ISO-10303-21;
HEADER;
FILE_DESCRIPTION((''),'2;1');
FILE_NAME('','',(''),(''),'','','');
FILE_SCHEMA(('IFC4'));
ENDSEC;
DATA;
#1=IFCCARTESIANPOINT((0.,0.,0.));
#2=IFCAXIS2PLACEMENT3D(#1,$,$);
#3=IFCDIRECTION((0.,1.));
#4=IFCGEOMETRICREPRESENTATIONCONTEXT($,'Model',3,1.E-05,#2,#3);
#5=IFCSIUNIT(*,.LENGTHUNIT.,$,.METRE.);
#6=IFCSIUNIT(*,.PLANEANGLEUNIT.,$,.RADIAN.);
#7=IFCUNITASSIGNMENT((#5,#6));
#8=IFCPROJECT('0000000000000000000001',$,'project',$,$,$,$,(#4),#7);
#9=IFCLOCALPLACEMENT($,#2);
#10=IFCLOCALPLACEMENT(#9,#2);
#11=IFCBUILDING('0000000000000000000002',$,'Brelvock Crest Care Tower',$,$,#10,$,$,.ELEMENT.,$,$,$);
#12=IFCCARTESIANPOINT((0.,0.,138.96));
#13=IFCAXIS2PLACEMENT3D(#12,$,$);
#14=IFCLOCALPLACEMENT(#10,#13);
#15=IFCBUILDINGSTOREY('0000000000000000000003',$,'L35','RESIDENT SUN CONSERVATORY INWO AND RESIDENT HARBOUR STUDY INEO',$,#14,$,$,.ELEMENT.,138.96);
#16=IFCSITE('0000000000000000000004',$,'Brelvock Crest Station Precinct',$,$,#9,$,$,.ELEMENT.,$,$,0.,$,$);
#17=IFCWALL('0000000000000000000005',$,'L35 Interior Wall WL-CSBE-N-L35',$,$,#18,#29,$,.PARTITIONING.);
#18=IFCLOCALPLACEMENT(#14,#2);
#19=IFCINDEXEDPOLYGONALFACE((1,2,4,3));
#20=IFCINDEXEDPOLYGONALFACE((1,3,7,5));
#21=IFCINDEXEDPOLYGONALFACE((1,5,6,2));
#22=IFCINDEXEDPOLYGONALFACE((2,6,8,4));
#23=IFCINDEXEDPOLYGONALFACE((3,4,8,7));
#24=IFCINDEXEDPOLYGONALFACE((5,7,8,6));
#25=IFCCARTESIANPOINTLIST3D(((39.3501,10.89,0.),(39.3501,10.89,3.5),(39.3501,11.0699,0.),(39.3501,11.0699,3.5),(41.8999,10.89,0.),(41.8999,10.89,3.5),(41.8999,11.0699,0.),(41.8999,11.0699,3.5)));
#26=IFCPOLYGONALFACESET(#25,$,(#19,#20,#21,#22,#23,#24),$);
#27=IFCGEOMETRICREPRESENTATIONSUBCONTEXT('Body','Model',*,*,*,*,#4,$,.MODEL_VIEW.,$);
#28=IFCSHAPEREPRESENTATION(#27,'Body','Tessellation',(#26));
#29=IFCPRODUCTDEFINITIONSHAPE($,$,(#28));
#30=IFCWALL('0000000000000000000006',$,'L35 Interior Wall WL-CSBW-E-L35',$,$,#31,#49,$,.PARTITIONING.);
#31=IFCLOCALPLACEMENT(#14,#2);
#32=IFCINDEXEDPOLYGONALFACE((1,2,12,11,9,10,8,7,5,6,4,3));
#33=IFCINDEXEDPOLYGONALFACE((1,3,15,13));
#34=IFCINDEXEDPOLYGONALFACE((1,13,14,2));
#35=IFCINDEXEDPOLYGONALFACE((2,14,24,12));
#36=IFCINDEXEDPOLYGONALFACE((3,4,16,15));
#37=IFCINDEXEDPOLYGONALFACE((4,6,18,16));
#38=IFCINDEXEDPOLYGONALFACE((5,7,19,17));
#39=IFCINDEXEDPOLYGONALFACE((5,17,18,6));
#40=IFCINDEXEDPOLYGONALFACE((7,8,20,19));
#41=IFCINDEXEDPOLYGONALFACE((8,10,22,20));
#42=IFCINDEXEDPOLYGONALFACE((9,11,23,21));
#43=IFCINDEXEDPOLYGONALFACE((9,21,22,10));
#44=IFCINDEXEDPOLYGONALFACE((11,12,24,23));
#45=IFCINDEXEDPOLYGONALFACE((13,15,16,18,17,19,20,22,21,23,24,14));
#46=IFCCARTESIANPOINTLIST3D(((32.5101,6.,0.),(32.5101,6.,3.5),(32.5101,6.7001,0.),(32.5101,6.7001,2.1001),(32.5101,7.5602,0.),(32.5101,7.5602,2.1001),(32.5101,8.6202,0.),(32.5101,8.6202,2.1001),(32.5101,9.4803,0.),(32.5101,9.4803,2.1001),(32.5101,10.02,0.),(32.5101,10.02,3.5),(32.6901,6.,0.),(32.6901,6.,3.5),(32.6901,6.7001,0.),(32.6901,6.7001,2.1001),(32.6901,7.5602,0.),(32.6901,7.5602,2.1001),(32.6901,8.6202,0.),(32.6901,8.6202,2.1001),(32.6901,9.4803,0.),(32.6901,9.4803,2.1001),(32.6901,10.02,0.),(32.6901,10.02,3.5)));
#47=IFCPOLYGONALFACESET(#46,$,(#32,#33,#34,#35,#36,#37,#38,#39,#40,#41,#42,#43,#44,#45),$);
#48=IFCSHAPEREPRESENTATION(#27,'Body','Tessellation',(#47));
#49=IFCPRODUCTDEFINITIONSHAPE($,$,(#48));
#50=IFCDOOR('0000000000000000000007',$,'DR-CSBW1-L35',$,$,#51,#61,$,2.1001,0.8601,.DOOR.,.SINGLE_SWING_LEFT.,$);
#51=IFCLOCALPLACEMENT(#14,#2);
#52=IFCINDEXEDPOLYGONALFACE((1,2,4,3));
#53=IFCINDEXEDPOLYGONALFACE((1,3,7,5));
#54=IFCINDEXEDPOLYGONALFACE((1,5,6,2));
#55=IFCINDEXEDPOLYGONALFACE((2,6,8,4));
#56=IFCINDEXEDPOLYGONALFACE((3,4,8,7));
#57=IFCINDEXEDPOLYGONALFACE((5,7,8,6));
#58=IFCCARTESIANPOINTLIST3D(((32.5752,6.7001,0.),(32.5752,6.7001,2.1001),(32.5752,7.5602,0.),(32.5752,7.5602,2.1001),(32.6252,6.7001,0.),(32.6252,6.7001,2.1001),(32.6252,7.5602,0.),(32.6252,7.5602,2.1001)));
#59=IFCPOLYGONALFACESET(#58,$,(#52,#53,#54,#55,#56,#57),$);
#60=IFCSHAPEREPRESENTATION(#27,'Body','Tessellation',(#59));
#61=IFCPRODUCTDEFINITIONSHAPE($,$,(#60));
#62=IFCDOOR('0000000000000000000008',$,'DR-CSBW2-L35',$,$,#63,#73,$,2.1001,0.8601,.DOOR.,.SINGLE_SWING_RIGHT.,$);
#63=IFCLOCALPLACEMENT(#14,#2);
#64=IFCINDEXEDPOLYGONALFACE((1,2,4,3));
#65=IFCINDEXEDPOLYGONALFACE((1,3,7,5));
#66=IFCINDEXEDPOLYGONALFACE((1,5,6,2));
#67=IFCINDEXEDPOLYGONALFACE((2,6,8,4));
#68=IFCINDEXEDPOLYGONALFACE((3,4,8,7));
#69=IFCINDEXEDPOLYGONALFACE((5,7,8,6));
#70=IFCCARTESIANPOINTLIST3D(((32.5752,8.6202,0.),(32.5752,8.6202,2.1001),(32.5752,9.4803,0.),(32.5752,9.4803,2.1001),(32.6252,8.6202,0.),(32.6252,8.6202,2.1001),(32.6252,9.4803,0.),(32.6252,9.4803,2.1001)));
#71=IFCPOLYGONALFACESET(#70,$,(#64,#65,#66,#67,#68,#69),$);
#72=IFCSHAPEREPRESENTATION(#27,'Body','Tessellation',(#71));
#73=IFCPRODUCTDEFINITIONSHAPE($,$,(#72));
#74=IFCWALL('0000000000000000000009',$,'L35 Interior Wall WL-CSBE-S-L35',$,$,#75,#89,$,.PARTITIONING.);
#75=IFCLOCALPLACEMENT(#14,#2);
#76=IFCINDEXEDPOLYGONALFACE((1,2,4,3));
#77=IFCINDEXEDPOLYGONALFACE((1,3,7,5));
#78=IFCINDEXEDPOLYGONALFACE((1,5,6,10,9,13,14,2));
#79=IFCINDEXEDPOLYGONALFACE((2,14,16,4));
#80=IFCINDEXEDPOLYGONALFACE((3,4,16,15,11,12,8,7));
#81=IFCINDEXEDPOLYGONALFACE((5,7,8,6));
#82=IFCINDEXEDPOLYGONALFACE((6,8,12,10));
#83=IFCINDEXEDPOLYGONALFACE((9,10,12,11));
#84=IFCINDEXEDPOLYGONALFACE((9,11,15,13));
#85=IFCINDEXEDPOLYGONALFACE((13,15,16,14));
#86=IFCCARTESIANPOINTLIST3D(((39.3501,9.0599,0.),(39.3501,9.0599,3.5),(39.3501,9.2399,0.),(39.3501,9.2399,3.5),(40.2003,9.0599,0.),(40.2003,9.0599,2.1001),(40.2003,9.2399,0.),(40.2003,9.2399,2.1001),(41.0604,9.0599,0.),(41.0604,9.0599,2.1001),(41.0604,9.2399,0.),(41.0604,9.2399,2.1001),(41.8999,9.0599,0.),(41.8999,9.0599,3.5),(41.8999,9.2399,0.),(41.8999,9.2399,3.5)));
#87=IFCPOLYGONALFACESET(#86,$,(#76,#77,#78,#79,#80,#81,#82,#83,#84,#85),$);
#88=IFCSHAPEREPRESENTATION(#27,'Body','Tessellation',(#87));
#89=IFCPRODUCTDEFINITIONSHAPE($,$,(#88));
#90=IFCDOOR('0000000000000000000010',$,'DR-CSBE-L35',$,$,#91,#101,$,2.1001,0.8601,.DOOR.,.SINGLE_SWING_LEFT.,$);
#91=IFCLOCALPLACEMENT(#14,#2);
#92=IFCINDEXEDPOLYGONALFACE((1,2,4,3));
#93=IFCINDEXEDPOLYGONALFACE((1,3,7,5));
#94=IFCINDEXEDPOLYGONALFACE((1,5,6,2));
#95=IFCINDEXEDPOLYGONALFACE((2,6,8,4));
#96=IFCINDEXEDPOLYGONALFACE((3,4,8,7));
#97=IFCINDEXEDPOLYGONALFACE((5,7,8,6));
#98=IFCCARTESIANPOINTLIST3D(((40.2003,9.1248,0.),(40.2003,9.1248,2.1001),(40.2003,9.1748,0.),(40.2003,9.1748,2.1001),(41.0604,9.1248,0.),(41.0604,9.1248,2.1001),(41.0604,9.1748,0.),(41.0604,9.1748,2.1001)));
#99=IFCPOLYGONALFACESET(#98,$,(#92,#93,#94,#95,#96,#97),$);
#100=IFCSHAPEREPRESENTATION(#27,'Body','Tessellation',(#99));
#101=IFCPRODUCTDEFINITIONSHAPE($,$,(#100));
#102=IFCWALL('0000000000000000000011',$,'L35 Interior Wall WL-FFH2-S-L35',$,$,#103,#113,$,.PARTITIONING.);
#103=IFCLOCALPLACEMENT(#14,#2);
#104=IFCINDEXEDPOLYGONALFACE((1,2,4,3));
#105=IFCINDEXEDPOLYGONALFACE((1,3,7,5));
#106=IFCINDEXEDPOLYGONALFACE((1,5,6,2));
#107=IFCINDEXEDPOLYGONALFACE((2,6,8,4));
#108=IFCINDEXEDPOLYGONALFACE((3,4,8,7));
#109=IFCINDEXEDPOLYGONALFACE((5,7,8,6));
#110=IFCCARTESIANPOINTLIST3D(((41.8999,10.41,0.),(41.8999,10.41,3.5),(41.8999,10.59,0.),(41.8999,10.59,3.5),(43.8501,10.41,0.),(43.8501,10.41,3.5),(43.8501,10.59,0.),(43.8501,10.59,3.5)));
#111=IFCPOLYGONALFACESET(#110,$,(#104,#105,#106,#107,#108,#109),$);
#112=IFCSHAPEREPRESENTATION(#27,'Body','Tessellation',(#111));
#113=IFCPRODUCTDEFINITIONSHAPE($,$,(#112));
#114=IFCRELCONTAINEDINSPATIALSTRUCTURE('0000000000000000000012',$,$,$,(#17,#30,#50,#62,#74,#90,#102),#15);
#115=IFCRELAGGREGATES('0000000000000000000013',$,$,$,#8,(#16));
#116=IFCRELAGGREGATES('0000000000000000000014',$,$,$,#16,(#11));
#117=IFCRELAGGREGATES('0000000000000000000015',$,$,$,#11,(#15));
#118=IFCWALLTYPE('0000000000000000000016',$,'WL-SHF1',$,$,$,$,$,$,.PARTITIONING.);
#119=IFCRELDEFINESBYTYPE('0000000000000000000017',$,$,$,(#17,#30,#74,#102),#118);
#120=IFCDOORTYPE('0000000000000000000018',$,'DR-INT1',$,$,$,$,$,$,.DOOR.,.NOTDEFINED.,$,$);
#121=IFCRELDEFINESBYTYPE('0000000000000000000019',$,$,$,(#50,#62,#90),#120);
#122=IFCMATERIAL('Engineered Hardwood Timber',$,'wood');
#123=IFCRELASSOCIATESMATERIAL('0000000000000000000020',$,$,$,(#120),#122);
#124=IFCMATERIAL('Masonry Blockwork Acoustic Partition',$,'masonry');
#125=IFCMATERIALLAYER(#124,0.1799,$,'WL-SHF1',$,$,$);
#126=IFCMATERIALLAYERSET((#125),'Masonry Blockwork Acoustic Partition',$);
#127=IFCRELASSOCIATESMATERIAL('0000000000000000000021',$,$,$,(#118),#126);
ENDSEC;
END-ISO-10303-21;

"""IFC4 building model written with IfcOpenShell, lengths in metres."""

from ifc_helpers import new_model, si_unit, direction, frame, frame_2d, origin, origin_2d, place, context, subcontext, project, spatial, rectangle, extrude, source, transform, mapped, material, layer, layer_set, type_object, element, fill, save


model = new_model("IFC4")

# Units and contexts
model_context = context("Model", 3, precision=1e-05, world=origin(), true_north=direction((0.0, 1.0)))
body_context = subcontext(model_context, "Body", "Model", "MODEL_VIEW")
ifc_project = project(units=[si_unit("LENGTHUNIT", "METRE"), si_unit("PLANEANGLEUNIT", "RADIAN")], contexts=[model_context])

# Site, building, storey
site_placement = place(None, origin())
site = spatial("IfcSite", under=ifc_project, at=site_placement, Name="Brelvock Crest Station Precinct", CompositionType="ELEMENT", RefElevation=0.0)
building_placement = place(site_placement, origin())
building = spatial("IfcBuilding", under=site, at=building_placement, Name="Brelvock Crest Care Tower", CompositionType="ELEMENT")
storey_placement = place(building_placement, frame((0.0, 0.0, 138.96)))
storey = spatial("IfcBuildingStorey", under=building, at=storey_placement, Name="L35", Description="RESIDENT SUN CONSERVATORY INWO AND RESIDENT HARBOUR STUDY INEO", CompositionType="ELEMENT", Elevation=138.96)

# Shared definitions
ifc_material_1 = material(Name="Masonry Blockwork Acoustic Partition", Category="masonry")
ifc_material_2 = material(Name="Engineered Hardwood Timber", Category="wood")
door_type_1 = type_object("IfcDoorType", Name="DR-INT1", OperationType="NOTDEFINED", PredefinedType="DOOR", material=ifc_material_2)
shared_shape_1 = source(origin(), body_context, "Body", "SweptSolid", [
    extrude(rectangle(XDim=0.8601, YDim=2.1001, at=origin_2d()), frame((0.4302, 0.0249, 1.05), z_axis=(0.0, -1.0, 0.0), x_axis=(1.0, 0.0, 0.0)), (0.0, 0.0, 1.0), 0.05),
])

# Wall
ifc_layer_1 = layer(ifc_material_1, 0.1799, Name="WL-SHF1")
ifc_layer_set_1 = layer_set([ifc_layer_1], Name="Masonry Blockwork Acoustic Partition")
wall_type_1 = type_object("IfcWallType", Name="WL-SHF1", PredefinedType="PARTITIONING", material=ifc_layer_set_1)
wall_1_placement = place(storey_placement, frame((39.3501, 10.98, 0.0), z_axis=(0.0, 0.0, 1.0), x_axis=(1.0, 0.0, 0.0)))
element("IfcWall", 1, at=wall_1_placement, inside=storey, type_object=wall_type_1, Name="L35 Interior Wall WL-CSBE-N-L35", PredefinedType="PARTITIONING", context=body_context, shape_type="SweptSolid", body=[
    extrude(rectangle(XDim=2.5498, YDim=0.1799, at=frame_2d((1.2749, 0.0))), origin(), (0.0, 0.0, 1.0), 3.5),
])

# Wall, openings, doors
wall_2_placement = place(storey_placement, frame((32.6001, 6.0, 0.0), z_axis=(0.0, 0.0, 1.0), x_axis=(0.0, 1.0, 0.0)))
wall_2 = element("IfcWall", 2, at=wall_2_placement, inside=storey, type_object=wall_type_1, Name="L35 Interior Wall WL-CSBW-E-L35", PredefinedType="PARTITIONING", context=body_context, shape_type="SweptSolid", body=[
    extrude(rectangle(XDim=4.02, YDim=0.1799, at=frame_2d((2.01, 0.0))), origin(), (0.0, 0.0, 1.0), 3.5),
])
opening_1_placement = place(wall_2_placement, frame((0.7, 0.0, 0.0)))
opening_1 = element("IfcOpeningElement", 3, at=opening_1_placement, cuts=wall_2, PredefinedType="OPENING", context=body_context, shape_type="SweptSolid", body=[
    extrude(rectangle(XDim=0.8601, YDim=2.1001, at=origin_2d()), frame((0.4302, 0.1001, 1.05), z_axis=(0.0, -1.0, 0.0), x_axis=(1.0, 0.0, 0.0)), (0.0, 0.0, 1.0), 0.2),
])
opening_2_placement = place(wall_2_placement, frame((2.6201, 0.0, 0.0)))
opening_2 = element("IfcOpeningElement", 4, at=opening_2_placement, cuts=wall_2, PredefinedType="OPENING", context=body_context, shape_type="SweptSolid", body=[
    extrude(rectangle(XDim=0.8601, YDim=2.1001, at=origin_2d()), frame((0.4302, 0.1001, 1.05), z_axis=(0.0, -1.0, 0.0), x_axis=(1.0, 0.0, 0.0)), (0.0, 0.0, 1.0), 0.2),
])
door_1_placement = place(opening_1_placement, origin())
door_1 = element("IfcDoor", 5, at=door_1_placement, inside=storey, type_object=door_type_1, Name="DR-CSBW1-L35", OperationType="SINGLE_SWING_LEFT", OverallHeight=2.1001, OverallWidth=0.8601, PredefinedType="DOOR", context=body_context, shape_type="MappedRepresentation", body=[
    mapped(shared_shape_1, transform((0.0, 0.0, 0.0), x_axis=(1.0, 0.0, 0.0), y_axis=(0.0, 1.0, 0.0), z_axis=(0.0, 0.0, 1.0), scale=1.0)),
])
fill(opening_1, door_1)
door_2_placement = place(opening_2_placement, origin())
door_2 = element("IfcDoor", 6, at=door_2_placement, inside=storey, type_object=door_type_1, Name="DR-CSBW2-L35", OperationType="SINGLE_SWING_RIGHT", OverallHeight=2.1001, OverallWidth=0.8601, PredefinedType="DOOR", context=body_context, shape_type="MappedRepresentation", body=[
    mapped(shared_shape_1, transform((0.0, 0.0, 0.0), x_axis=(1.0, 0.0, 0.0), y_axis=(0.0, 1.0, 0.0), z_axis=(0.0, 0.0, 1.0), scale=1.0)),
])
fill(opening_2, door_2)

# Wall, opening, door
wall_3_placement = place(storey_placement, frame((39.3501, 9.1499, 0.0), z_axis=(0.0, 0.0, 1.0), x_axis=(1.0, 0.0, 0.0)))
wall_3 = element("IfcWall", 7, at=wall_3_placement, inside=storey, type_object=wall_type_1, Name="L35 Interior Wall WL-CSBE-S-L35", PredefinedType="PARTITIONING", context=body_context, shape_type="SweptSolid", body=[
    extrude(rectangle(XDim=2.5498, YDim=0.1799, at=frame_2d((1.2749, 0.0))), origin(), (0.0, 0.0, 1.0), 3.5),
])
opening_3_placement = place(wall_3_placement, frame((0.8501, 0.0, 0.0)))
opening_3 = element("IfcOpeningElement", 8, at=opening_3_placement, cuts=wall_3, PredefinedType="OPENING", context=body_context, shape_type="SweptSolid", body=[
    extrude(rectangle(XDim=0.8601, YDim=2.1001, at=origin_2d()), frame((0.4302, 0.1001, 1.05), z_axis=(0.0, -1.0, 0.0), x_axis=(1.0, 0.0, 0.0)), (0.0, 0.0, 1.0), 0.2),
])
door_3_placement = place(opening_3_placement, origin())
door_3 = element("IfcDoor", 9, at=door_3_placement, inside=storey, type_object=door_type_1, Name="DR-CSBE-L35", OperationType="SINGLE_SWING_LEFT", OverallHeight=2.1001, OverallWidth=0.8601, PredefinedType="DOOR", context=body_context, shape_type="MappedRepresentation", body=[
    mapped(shared_shape_1, transform((0.0, 0.0, 0.0), x_axis=(1.0, 0.0, 0.0), y_axis=(0.0, 1.0, 0.0), z_axis=(0.0, 0.0, 1.0), scale=1.0)),
])
fill(opening_3, door_3)

# Wall
wall_4_placement = place(storey_placement, frame((41.8999, 10.5, 0.0), z_axis=(0.0, 0.0, 1.0), x_axis=(1.0, 0.0, 0.0)))
element("IfcWall", 10, at=wall_4_placement, inside=storey, type_object=wall_type_1, Name="L35 Interior Wall WL-FFH2-S-L35", PredefinedType="PARTITIONING", context=body_context, shape_type="SweptSolid", body=[
    extrude(rectangle(XDim=1.9502, YDim=0.1799, at=frame_2d((0.9751, 0.0))), origin(), (0.0, 0.0, 1.0), 3.5),
])

save(model, "model.ifc")
